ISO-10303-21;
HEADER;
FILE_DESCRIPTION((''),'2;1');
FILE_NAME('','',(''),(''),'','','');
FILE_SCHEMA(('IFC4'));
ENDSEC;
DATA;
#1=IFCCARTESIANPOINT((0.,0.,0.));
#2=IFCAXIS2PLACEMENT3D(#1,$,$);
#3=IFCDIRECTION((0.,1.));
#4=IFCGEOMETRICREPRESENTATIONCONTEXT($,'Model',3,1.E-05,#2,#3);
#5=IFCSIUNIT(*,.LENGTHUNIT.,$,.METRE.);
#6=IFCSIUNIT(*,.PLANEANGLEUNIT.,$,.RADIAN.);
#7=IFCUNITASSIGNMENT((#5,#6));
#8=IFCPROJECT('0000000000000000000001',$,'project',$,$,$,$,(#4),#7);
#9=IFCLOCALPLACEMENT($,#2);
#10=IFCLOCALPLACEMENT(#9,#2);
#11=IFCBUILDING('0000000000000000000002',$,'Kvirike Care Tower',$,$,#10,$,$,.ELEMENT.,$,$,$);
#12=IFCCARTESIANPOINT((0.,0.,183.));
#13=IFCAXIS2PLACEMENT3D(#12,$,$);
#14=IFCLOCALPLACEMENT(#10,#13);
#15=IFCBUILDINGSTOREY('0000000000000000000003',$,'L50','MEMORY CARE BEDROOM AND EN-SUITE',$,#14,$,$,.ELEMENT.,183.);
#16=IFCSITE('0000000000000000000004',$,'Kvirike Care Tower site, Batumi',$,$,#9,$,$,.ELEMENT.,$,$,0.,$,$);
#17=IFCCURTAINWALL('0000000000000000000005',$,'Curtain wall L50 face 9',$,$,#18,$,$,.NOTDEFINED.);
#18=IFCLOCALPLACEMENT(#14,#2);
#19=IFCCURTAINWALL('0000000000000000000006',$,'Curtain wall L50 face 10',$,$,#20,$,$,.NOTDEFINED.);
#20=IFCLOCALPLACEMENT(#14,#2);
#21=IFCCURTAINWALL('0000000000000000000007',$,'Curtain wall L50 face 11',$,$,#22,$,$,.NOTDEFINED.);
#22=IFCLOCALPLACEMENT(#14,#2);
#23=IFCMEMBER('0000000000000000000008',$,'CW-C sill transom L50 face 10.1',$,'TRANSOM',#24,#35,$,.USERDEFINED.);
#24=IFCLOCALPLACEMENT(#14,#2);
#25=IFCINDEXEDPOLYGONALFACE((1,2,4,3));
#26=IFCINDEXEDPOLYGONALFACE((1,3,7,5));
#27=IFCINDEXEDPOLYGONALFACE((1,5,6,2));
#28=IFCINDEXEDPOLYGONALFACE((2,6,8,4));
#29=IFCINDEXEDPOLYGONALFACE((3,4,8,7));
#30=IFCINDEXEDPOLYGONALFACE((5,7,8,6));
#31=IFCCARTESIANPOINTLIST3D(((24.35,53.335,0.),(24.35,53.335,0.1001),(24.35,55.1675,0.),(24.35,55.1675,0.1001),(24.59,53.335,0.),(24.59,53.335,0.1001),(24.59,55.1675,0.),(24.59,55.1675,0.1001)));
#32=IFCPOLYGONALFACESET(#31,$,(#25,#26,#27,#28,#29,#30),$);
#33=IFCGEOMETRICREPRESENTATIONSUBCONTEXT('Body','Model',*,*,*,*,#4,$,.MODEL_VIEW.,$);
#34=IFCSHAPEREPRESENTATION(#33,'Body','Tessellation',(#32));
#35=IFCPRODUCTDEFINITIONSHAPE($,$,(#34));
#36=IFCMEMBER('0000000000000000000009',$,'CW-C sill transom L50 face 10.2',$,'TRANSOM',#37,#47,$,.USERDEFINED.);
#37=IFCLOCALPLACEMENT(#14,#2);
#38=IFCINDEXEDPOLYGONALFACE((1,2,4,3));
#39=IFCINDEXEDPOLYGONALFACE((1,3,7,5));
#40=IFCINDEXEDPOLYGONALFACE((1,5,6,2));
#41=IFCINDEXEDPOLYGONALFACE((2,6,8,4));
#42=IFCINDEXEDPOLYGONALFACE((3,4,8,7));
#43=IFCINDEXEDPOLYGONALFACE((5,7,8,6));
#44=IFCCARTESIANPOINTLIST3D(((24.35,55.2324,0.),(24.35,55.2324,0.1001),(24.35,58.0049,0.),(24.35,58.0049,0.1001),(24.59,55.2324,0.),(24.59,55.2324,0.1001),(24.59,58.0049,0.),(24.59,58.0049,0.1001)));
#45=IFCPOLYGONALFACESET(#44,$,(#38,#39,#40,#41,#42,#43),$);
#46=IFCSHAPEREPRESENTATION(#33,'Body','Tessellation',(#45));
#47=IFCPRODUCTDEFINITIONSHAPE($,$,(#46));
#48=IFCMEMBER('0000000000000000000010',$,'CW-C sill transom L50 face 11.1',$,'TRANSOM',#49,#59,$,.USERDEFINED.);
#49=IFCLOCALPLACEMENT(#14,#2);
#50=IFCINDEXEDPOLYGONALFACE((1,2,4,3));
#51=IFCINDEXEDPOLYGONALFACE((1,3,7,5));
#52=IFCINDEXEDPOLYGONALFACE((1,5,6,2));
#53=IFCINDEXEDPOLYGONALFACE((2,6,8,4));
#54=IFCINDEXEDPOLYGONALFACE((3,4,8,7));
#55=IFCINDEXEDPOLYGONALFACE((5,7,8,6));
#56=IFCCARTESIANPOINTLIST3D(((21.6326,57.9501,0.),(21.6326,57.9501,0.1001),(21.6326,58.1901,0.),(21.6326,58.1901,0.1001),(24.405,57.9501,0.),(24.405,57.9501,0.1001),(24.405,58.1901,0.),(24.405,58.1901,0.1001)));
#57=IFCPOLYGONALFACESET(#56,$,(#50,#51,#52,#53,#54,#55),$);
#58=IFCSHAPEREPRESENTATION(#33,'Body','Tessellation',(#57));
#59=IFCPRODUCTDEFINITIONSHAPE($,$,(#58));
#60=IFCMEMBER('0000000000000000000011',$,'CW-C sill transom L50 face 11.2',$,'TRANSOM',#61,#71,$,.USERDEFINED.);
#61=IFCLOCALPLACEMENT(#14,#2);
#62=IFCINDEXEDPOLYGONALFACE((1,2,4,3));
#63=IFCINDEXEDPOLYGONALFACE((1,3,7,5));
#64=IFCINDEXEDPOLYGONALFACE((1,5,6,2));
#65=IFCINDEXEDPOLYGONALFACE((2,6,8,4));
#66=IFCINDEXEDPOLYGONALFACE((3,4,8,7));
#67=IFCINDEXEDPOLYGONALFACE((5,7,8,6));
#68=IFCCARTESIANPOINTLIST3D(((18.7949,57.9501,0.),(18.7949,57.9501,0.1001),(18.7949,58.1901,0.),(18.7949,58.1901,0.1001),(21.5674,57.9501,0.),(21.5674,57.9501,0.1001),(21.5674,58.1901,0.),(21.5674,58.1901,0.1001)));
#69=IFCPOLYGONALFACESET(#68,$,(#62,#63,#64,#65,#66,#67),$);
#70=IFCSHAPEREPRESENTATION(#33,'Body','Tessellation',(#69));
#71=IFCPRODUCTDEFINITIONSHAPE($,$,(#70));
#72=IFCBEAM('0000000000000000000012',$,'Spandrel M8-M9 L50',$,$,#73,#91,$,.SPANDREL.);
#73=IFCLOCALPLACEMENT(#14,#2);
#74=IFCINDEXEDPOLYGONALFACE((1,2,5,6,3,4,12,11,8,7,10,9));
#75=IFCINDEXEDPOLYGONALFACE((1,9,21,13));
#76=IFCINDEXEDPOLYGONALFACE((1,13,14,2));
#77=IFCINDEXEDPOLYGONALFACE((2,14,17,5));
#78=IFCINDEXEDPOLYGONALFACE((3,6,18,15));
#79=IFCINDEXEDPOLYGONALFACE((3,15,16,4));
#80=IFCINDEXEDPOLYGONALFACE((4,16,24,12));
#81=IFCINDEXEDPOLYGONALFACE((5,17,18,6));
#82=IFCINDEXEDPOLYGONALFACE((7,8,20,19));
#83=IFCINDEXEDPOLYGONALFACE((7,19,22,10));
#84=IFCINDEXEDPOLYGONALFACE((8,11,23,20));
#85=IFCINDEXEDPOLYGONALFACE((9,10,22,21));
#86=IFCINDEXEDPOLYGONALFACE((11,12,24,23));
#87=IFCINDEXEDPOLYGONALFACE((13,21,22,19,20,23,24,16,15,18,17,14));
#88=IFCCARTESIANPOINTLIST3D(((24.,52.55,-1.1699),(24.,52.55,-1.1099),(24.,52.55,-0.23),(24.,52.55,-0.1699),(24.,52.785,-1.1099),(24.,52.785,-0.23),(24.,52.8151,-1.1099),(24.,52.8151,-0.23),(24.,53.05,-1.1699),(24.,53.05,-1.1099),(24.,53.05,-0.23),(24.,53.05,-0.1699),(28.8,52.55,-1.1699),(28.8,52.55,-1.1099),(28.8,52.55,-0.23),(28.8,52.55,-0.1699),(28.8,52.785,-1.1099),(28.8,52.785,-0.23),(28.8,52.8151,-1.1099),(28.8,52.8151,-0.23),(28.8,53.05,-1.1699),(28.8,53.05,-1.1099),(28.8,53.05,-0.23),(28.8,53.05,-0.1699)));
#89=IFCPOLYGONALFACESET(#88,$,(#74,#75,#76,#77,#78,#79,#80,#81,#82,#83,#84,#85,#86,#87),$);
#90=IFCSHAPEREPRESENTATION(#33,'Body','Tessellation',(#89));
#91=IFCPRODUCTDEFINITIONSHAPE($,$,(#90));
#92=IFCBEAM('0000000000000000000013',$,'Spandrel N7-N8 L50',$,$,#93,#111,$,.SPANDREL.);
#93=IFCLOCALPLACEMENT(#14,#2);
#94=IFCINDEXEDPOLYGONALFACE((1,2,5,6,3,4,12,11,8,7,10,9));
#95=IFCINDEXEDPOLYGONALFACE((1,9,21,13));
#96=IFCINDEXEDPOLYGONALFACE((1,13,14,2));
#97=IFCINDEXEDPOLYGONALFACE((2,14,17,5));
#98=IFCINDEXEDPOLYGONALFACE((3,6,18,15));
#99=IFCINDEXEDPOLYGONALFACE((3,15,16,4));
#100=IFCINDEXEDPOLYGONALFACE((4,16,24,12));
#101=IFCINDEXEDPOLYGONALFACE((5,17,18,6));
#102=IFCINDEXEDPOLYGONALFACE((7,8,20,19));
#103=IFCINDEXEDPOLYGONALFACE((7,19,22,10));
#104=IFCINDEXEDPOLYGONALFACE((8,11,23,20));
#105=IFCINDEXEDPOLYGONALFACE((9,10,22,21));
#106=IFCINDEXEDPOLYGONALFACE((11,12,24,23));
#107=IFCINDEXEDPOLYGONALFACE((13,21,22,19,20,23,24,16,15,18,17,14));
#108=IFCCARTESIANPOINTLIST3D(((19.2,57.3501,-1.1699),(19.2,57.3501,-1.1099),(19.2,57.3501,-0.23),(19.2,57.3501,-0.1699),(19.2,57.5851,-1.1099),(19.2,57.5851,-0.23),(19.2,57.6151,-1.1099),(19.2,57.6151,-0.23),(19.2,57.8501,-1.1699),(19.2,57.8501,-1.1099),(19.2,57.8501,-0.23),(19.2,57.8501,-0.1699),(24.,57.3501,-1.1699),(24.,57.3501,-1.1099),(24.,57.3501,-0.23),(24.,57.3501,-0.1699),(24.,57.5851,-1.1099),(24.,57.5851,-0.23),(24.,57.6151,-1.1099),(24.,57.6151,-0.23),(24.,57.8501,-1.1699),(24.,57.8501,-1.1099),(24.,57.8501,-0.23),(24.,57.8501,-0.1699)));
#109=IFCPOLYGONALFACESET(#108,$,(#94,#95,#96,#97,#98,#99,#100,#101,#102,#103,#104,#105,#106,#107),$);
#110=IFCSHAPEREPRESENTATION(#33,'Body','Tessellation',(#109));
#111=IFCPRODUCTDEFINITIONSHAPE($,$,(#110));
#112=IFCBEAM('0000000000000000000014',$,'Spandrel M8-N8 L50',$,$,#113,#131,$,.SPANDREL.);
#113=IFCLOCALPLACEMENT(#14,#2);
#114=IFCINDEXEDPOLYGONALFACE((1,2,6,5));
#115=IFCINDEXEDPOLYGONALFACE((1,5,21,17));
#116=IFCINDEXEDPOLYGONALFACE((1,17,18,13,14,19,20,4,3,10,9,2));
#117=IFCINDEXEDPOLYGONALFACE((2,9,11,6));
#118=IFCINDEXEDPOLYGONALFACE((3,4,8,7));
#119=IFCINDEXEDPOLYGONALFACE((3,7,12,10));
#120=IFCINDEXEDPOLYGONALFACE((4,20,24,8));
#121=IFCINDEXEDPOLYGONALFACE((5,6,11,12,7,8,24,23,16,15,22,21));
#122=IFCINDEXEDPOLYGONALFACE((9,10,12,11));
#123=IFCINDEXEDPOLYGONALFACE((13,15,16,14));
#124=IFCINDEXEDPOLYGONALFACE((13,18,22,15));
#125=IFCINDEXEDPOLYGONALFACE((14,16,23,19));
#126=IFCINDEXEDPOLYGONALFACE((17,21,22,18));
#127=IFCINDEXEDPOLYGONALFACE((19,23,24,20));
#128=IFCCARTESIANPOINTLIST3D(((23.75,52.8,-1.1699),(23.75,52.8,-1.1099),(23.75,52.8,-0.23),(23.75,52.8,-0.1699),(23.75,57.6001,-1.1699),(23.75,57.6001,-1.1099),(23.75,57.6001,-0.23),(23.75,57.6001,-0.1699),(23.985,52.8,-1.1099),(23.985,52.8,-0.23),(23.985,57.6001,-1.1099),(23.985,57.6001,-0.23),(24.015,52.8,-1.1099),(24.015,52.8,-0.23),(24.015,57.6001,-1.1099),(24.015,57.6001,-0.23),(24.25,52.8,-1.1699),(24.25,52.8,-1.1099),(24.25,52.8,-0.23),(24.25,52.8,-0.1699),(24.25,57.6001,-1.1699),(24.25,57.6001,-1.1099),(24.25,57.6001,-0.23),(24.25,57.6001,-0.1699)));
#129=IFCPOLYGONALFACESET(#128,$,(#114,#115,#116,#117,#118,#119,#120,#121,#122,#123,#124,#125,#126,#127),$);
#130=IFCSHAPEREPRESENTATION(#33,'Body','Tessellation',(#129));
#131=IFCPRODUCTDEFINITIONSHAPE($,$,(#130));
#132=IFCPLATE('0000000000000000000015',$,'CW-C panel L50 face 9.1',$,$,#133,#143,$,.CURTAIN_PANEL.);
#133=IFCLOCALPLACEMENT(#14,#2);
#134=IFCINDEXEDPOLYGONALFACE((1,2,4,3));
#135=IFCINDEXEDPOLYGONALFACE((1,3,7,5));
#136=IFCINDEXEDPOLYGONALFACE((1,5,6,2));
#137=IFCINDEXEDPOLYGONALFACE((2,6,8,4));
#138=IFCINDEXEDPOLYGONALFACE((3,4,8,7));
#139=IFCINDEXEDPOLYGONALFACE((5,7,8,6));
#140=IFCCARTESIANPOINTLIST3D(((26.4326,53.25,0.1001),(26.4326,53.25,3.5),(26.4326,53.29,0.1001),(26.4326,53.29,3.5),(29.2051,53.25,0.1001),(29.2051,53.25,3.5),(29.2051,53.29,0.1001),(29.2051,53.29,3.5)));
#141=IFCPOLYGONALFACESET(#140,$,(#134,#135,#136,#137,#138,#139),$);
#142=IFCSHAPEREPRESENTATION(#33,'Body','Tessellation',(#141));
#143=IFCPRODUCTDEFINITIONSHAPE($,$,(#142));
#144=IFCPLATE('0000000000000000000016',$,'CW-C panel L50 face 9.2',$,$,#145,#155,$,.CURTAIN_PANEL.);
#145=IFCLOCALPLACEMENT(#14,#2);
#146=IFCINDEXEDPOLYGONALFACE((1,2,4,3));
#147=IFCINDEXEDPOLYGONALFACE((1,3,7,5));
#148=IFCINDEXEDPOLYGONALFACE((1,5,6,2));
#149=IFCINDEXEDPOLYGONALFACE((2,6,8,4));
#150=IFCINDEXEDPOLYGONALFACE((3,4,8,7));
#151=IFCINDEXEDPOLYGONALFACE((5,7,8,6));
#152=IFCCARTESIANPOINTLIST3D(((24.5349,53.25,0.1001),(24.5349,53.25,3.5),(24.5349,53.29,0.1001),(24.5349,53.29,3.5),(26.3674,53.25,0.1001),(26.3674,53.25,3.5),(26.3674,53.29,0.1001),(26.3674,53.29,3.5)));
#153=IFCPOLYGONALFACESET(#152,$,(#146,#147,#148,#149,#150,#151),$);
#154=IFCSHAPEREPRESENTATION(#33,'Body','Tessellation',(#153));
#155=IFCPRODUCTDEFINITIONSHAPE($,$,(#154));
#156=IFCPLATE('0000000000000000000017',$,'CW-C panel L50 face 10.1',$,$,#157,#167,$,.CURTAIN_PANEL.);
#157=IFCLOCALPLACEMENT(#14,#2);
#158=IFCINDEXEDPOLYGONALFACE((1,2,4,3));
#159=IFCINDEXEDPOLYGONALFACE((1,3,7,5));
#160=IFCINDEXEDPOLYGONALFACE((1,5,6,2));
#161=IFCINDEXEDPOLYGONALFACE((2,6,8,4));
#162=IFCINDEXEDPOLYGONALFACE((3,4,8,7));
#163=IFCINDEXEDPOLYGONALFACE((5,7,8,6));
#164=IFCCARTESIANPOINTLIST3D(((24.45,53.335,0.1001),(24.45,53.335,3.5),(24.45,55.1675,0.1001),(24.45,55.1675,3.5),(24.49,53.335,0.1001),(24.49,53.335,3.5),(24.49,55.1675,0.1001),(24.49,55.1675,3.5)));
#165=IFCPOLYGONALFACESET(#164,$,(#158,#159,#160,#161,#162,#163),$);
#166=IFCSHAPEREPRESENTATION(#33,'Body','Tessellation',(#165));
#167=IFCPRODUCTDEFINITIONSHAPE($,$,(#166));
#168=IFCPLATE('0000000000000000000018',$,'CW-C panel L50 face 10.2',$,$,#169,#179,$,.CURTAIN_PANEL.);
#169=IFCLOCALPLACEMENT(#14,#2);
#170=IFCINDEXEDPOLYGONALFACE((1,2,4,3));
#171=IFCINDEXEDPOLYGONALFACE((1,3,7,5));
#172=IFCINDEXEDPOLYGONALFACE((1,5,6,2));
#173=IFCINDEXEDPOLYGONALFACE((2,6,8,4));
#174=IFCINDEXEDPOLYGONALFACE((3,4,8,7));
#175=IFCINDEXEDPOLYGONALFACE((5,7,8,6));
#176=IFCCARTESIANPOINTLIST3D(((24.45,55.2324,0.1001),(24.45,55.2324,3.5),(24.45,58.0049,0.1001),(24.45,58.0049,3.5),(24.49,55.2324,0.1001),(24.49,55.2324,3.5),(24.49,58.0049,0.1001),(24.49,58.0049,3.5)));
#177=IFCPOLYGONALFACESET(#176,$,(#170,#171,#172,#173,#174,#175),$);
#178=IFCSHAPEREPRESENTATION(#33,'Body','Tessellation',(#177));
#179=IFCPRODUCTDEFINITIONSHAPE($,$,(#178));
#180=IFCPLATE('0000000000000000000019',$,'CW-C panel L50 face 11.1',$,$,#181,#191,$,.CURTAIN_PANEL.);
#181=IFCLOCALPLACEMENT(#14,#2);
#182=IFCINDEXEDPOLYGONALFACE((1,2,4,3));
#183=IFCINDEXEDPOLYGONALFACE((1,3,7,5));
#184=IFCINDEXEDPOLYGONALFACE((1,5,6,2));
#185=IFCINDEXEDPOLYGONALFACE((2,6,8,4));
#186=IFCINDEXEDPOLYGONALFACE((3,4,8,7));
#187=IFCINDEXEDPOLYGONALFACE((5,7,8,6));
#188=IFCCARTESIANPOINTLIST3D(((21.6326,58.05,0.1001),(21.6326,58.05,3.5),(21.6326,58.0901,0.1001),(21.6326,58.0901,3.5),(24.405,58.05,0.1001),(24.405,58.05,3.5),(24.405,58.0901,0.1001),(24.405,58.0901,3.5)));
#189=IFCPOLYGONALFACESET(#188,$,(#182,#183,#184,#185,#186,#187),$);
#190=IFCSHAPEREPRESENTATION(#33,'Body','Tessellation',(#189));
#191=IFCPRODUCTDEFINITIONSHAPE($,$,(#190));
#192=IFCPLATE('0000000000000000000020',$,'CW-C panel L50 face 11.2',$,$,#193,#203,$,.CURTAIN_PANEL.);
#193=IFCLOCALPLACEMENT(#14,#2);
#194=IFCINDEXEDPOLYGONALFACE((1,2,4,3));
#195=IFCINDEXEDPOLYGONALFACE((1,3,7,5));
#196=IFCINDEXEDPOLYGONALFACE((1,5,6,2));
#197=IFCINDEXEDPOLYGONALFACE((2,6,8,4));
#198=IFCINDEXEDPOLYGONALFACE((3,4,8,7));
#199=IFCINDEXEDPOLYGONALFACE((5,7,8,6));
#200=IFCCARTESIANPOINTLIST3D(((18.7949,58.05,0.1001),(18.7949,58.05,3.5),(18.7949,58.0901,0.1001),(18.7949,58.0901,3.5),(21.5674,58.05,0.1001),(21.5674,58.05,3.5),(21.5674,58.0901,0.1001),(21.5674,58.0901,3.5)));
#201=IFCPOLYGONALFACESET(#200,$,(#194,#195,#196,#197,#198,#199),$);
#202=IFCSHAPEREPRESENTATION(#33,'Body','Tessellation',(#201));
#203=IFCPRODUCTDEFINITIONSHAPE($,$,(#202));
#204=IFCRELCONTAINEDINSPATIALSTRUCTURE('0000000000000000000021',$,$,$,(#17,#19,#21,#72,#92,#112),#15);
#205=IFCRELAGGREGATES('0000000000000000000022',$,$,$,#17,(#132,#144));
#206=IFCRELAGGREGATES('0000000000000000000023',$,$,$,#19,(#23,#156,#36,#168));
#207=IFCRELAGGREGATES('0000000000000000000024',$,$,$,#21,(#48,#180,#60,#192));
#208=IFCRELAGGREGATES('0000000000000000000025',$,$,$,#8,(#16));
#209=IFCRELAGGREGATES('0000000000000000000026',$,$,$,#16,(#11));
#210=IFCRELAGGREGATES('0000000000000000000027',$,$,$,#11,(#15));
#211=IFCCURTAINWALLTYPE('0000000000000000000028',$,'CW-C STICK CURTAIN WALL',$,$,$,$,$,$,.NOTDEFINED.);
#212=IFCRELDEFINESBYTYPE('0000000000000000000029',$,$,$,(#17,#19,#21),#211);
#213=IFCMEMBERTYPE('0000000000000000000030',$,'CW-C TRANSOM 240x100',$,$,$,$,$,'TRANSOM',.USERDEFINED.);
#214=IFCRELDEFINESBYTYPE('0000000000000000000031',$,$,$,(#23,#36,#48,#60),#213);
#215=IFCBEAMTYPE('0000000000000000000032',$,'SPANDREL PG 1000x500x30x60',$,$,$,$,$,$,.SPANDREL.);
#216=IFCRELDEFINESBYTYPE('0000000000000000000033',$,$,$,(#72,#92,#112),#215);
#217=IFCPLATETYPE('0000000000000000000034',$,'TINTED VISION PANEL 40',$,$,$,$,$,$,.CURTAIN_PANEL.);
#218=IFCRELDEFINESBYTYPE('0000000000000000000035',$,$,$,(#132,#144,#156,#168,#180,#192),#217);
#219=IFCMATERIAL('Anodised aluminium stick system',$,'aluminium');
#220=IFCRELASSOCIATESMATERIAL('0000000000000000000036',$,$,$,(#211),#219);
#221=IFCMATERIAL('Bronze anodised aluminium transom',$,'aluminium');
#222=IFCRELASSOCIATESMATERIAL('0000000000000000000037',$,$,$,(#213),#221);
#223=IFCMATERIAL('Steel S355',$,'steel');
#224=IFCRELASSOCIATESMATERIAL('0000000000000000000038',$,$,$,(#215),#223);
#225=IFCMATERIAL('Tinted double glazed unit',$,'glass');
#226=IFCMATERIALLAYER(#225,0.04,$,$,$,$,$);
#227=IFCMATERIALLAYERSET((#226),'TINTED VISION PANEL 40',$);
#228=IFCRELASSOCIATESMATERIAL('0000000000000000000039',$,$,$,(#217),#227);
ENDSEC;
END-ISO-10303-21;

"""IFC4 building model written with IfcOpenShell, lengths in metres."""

from ifc_helpers import new_model, si_unit, direction, frame, origin, origin_2d, place, context, subcontext, project, spatial, rectangle, i_section, extrude, material, layer, layer_set, material_profile, profile_set, type_object, element, aggregate, save


model = new_model("IFC4")

# Units and contexts
model_context = context("Model", 3, precision=1e-05, world=origin(), true_north=direction((0.0, 1.0)))
body_context = subcontext(model_context, "Body", "Model", "MODEL_VIEW")
ifc_project = project(units=[si_unit("LENGTHUNIT", "METRE"), si_unit("PLANEANGLEUNIT", "RADIAN")], contexts=[model_context])

# Site, building, storey
site_placement = place(None, origin())
site = spatial("IfcSite", under=ifc_project, at=site_placement, Name="Kvirike Care Tower site, Batumi", CompositionType="ELEMENT", RefElevation=0.0)
building_placement = place(site_placement, origin())
building = spatial("IfcBuilding", under=site, at=building_placement, Name="Kvirike Care Tower", CompositionType="ELEMENT")
storey_placement = place(building_placement, frame((0.0, 0.0, 183.0)))
storey = spatial("IfcBuildingStorey", under=building, at=storey_placement, Name="L50", Description="MEMORY CARE BEDROOM AND EN-SUITE", CompositionType="ELEMENT", Elevation=183.0)

# Curtain walls
ifc_material_1 = material(Name="Anodised aluminium stick system", Category="aluminium")
curtain_wall_type = type_object("IfcCurtainWallType", Name="CW-C STICK CURTAIN WALL", PredefinedType="NOTDEFINED", material=ifc_material_1)
curtain_wall_1_placement = place(storey_placement, origin())
curtain_wall_1 = element("IfcCurtainWall", 1, at=curtain_wall_1_placement, inside=storey, type_object=curtain_wall_type, Name="Curtain wall L50 face 9", PredefinedType="NOTDEFINED")
curtain_wall_2_placement = place(storey_placement, origin())
curtain_wall_2 = element("IfcCurtainWall", 2, at=curtain_wall_2_placement, inside=storey, type_object=curtain_wall_type, Name="Curtain wall L50 face 10", PredefinedType="NOTDEFINED")
curtain_wall_3_placement = place(storey_placement, origin())
curtain_wall_3 = element("IfcCurtainWall", 3, at=curtain_wall_3_placement, inside=storey, type_object=curtain_wall_type, Name="Curtain wall L50 face 11", PredefinedType="NOTDEFINED")

# Members
ifc_material_2 = material(Name="Bronze anodised aluminium transom", Category="aluminium")
ifc_material_profile_1 = material_profile(ifc_material_2, rectangle(XDim=0.24, YDim=0.1001, at=origin_2d()), Name="CW-C TRANSOM 240x100")
ifc_profile_set_1 = profile_set([ifc_material_profile_1], Name="Bronze anodised aluminium transom")
member_type_1 = type_object("IfcMemberType", Name="CW-C TRANSOM 240x100", ElementType="TRANSOM", PredefinedType="USERDEFINED", material=ifc_profile_set_1)
member_1_placement = place(storey_placement, frame((24.47, 53.335, 0.05), z_axis=(0.0, 1.0, 0.0), x_axis=(-1.0, 0.0, 0.0)))
member_1 = element("IfcMember", 4, at=member_1_placement, type_object=member_type_1, Name="CW-C sill transom L50 face 10.1", ObjectType="TRANSOM", PredefinedType="USERDEFINED", context=body_context, shape_type="SweptSolid", body=[
    extrude(rectangle(XDim=0.24, YDim=0.1001, at=origin_2d()), origin(), (0.0, 0.0, 1.0), 1.8325),
])
member_2_placement = place(storey_placement, frame((24.47, 55.2324, 0.05), z_axis=(0.0, 1.0, 0.0), x_axis=(-1.0, 0.0, 0.0)))
member_2 = element("IfcMember", 5, at=member_2_placement, type_object=member_type_1, Name="CW-C sill transom L50 face 10.2", ObjectType="TRANSOM", PredefinedType="USERDEFINED", context=body_context, shape_type="SweptSolid", body=[
    extrude(rectangle(XDim=0.24, YDim=0.1001, at=origin_2d()), origin(), (0.0, 0.0, 1.0), 2.7725),
])
member_3_placement = place(storey_placement, frame((24.405, 58.0701, 0.05), z_axis=(-1.0, 0.0, 0.0), x_axis=(0.0, -1.0, 0.0)))
member_3 = element("IfcMember", 6, at=member_3_placement, type_object=member_type_1, Name="CW-C sill transom L50 face 11.1", ObjectType="TRANSOM", PredefinedType="USERDEFINED", context=body_context, shape_type="SweptSolid", body=[
    extrude(rectangle(XDim=0.24, YDim=0.1001, at=origin_2d()), origin(), (0.0, 0.0, 1.0), 2.7725),
])
member_4_placement = place(storey_placement, frame((21.5674, 58.0701, 0.05), z_axis=(-1.0, 0.0, 0.0), x_axis=(0.0, -1.0, 0.0)))
member_4 = element("IfcMember", 7, at=member_4_placement, type_object=member_type_1, Name="CW-C sill transom L50 face 11.2", ObjectType="TRANSOM", PredefinedType="USERDEFINED", context=body_context, shape_type="SweptSolid", body=[
    extrude(rectangle(XDim=0.24, YDim=0.1001, at=origin_2d()), origin(), (0.0, 0.0, 1.0), 2.7725),
])

# Beams
ifc_material_3 = material(Name="Steel S355", Category="steel")
ifc_material_profile_2 = material_profile(ifc_material_3, i_section(OverallWidth=0.5, OverallDepth=1.0, WebThickness=0.03, FlangeThickness=0.0601, at=origin_2d()), Name="PG 1000x500x30x60")
ifc_profile_set_2 = profile_set([ifc_material_profile_2], Name="Steel S355")
beam_type = type_object("IfcBeamType", Name="SPANDREL PG 1000x500x30x60", PredefinedType="SPANDREL", material=ifc_profile_set_2)
for number, where, z_axis, x_axis, name in (
    (8, (24.0, 52.8, -0.6699), (1.0, 0.0, 0.0), (0.0, 1.0, 0.0), "Spandrel M8-M9 L50"),
    (9, (19.2, 57.6001, -0.6699), (1.0, 0.0, 0.0), (0.0, 1.0, 0.0), "Spandrel N7-N8 L50"),
    (10, (24.0, 52.8, -0.6699), (0.0, 1.0, 0.0), (-1.0, 0.0, 0.0), "Spandrel M8-N8 L50"),
):
    element("IfcBeam", number, at=place(storey_placement, frame(where, z_axis=z_axis, x_axis=x_axis)), inside=storey, type_object=beam_type, Name=name, PredefinedType="SPANDREL", context=body_context, shape_type="SweptSolid", body=[
        extrude(i_section(OverallWidth=0.5, OverallDepth=1.0, WebThickness=0.03, FlangeThickness=0.0601, at=origin_2d()), origin(), (0.0, 0.0, 1.0), 4.8),
    ])

# Plates
ifc_material_4 = material(Name="Tinted double glazed unit", Category="glass")
ifc_layer_1 = layer(ifc_material_4, 0.04)
ifc_layer_set_1 = layer_set([ifc_layer_1], Name="TINTED VISION PANEL 40")
plate_type = type_object("IfcPlateType", Name="TINTED VISION PANEL 40", PredefinedType="CURTAIN_PANEL", material=ifc_layer_set_1)
plate_1_placement = place(storey_placement, frame((27.8188, 53.27, 0.1001), z_axis=(0.0, 0.0, 1.0), x_axis=(-1.0, 0.0, 0.0)))
plate_1 = element("IfcPlate", 11, at=plate_1_placement, type_object=plate_type, Name="CW-C panel L50 face 9.1", PredefinedType="CURTAIN_PANEL", context=body_context, shape_type="SweptSolid", body=[
    extrude(rectangle(XDim=2.7725, YDim=0.04, at=origin_2d()), origin(), (0.0, 0.0, 1.0), 3.3999),
])
plate_2_placement = place(storey_placement, frame((25.4512, 53.27, 0.1001), z_axis=(0.0, 0.0, 1.0), x_axis=(-1.0, 0.0, 0.0)))
plate_2 = element("IfcPlate", 12, at=plate_2_placement, type_object=plate_type, Name="CW-C panel L50 face 9.2", PredefinedType="CURTAIN_PANEL", context=body_context, shape_type="SweptSolid", body=[
    extrude(rectangle(XDim=1.8325, YDim=0.04, at=origin_2d()), origin(), (0.0, 0.0, 1.0), 3.3999),
])
aggregate(curtain_wall_1, [plate_1, plate_2])
plate_3_placement = place(storey_placement, frame((24.47, 54.2512, 0.1001), z_axis=(0.0, 0.0, 1.0), x_axis=(0.0, 1.0, 0.0)))
plate_3 = element("IfcPlate", 13, at=plate_3_placement, type_object=plate_type, Name="CW-C panel L50 face 10.1", PredefinedType="CURTAIN_PANEL", context=body_context, shape_type="SweptSolid", body=[
    extrude(rectangle(XDim=1.8325, YDim=0.04, at=origin_2d()), origin(), (0.0, 0.0, 1.0), 3.3999),
])
plate_4_placement = place(storey_placement, frame((24.47, 56.6187, 0.1001), z_axis=(0.0, 0.0, 1.0), x_axis=(0.0, 1.0, 0.0)))
plate_4 = element("IfcPlate", 14, at=plate_4_placement, type_object=plate_type, Name="CW-C panel L50 face 10.2", PredefinedType="CURTAIN_PANEL", context=body_context, shape_type="SweptSolid", body=[
    extrude(rectangle(XDim=2.7725, YDim=0.04, at=origin_2d()), origin(), (0.0, 0.0, 1.0), 3.3999),
])
aggregate(curtain_wall_2, [member_1, plate_3, member_2, plate_4])
plate_5_placement = place(storey_placement, frame((23.0188, 58.0701, 0.1001), z_axis=(0.0, 0.0, 1.0), x_axis=(-1.0, 0.0, 0.0)))
plate_5 = element("IfcPlate", 15, at=plate_5_placement, type_object=plate_type, Name="CW-C panel L50 face 11.1", PredefinedType="CURTAIN_PANEL", context=body_context, shape_type="SweptSolid", body=[
    extrude(rectangle(XDim=2.7725, YDim=0.04, at=origin_2d()), origin(), (0.0, 0.0, 1.0), 3.3999),
])
plate_6_placement = place(storey_placement, frame((20.1812, 58.0701, 0.1001), z_axis=(0.0, 0.0, 1.0), x_axis=(-1.0, 0.0, 0.0)))
plate_6 = element("IfcPlate", 16, at=plate_6_placement, type_object=plate_type, Name="CW-C panel L50 face 11.2", PredefinedType="CURTAIN_PANEL", context=body_context, shape_type="SweptSolid", body=[
    extrude(rectangle(XDim=2.7725, YDim=0.04, at=origin_2d()), origin(), (0.0, 0.0, 1.0), 3.3999),
])
aggregate(curtain_wall_3, [member_3, plate_5, member_4, plate_6])

save(model, "model.ifc")
